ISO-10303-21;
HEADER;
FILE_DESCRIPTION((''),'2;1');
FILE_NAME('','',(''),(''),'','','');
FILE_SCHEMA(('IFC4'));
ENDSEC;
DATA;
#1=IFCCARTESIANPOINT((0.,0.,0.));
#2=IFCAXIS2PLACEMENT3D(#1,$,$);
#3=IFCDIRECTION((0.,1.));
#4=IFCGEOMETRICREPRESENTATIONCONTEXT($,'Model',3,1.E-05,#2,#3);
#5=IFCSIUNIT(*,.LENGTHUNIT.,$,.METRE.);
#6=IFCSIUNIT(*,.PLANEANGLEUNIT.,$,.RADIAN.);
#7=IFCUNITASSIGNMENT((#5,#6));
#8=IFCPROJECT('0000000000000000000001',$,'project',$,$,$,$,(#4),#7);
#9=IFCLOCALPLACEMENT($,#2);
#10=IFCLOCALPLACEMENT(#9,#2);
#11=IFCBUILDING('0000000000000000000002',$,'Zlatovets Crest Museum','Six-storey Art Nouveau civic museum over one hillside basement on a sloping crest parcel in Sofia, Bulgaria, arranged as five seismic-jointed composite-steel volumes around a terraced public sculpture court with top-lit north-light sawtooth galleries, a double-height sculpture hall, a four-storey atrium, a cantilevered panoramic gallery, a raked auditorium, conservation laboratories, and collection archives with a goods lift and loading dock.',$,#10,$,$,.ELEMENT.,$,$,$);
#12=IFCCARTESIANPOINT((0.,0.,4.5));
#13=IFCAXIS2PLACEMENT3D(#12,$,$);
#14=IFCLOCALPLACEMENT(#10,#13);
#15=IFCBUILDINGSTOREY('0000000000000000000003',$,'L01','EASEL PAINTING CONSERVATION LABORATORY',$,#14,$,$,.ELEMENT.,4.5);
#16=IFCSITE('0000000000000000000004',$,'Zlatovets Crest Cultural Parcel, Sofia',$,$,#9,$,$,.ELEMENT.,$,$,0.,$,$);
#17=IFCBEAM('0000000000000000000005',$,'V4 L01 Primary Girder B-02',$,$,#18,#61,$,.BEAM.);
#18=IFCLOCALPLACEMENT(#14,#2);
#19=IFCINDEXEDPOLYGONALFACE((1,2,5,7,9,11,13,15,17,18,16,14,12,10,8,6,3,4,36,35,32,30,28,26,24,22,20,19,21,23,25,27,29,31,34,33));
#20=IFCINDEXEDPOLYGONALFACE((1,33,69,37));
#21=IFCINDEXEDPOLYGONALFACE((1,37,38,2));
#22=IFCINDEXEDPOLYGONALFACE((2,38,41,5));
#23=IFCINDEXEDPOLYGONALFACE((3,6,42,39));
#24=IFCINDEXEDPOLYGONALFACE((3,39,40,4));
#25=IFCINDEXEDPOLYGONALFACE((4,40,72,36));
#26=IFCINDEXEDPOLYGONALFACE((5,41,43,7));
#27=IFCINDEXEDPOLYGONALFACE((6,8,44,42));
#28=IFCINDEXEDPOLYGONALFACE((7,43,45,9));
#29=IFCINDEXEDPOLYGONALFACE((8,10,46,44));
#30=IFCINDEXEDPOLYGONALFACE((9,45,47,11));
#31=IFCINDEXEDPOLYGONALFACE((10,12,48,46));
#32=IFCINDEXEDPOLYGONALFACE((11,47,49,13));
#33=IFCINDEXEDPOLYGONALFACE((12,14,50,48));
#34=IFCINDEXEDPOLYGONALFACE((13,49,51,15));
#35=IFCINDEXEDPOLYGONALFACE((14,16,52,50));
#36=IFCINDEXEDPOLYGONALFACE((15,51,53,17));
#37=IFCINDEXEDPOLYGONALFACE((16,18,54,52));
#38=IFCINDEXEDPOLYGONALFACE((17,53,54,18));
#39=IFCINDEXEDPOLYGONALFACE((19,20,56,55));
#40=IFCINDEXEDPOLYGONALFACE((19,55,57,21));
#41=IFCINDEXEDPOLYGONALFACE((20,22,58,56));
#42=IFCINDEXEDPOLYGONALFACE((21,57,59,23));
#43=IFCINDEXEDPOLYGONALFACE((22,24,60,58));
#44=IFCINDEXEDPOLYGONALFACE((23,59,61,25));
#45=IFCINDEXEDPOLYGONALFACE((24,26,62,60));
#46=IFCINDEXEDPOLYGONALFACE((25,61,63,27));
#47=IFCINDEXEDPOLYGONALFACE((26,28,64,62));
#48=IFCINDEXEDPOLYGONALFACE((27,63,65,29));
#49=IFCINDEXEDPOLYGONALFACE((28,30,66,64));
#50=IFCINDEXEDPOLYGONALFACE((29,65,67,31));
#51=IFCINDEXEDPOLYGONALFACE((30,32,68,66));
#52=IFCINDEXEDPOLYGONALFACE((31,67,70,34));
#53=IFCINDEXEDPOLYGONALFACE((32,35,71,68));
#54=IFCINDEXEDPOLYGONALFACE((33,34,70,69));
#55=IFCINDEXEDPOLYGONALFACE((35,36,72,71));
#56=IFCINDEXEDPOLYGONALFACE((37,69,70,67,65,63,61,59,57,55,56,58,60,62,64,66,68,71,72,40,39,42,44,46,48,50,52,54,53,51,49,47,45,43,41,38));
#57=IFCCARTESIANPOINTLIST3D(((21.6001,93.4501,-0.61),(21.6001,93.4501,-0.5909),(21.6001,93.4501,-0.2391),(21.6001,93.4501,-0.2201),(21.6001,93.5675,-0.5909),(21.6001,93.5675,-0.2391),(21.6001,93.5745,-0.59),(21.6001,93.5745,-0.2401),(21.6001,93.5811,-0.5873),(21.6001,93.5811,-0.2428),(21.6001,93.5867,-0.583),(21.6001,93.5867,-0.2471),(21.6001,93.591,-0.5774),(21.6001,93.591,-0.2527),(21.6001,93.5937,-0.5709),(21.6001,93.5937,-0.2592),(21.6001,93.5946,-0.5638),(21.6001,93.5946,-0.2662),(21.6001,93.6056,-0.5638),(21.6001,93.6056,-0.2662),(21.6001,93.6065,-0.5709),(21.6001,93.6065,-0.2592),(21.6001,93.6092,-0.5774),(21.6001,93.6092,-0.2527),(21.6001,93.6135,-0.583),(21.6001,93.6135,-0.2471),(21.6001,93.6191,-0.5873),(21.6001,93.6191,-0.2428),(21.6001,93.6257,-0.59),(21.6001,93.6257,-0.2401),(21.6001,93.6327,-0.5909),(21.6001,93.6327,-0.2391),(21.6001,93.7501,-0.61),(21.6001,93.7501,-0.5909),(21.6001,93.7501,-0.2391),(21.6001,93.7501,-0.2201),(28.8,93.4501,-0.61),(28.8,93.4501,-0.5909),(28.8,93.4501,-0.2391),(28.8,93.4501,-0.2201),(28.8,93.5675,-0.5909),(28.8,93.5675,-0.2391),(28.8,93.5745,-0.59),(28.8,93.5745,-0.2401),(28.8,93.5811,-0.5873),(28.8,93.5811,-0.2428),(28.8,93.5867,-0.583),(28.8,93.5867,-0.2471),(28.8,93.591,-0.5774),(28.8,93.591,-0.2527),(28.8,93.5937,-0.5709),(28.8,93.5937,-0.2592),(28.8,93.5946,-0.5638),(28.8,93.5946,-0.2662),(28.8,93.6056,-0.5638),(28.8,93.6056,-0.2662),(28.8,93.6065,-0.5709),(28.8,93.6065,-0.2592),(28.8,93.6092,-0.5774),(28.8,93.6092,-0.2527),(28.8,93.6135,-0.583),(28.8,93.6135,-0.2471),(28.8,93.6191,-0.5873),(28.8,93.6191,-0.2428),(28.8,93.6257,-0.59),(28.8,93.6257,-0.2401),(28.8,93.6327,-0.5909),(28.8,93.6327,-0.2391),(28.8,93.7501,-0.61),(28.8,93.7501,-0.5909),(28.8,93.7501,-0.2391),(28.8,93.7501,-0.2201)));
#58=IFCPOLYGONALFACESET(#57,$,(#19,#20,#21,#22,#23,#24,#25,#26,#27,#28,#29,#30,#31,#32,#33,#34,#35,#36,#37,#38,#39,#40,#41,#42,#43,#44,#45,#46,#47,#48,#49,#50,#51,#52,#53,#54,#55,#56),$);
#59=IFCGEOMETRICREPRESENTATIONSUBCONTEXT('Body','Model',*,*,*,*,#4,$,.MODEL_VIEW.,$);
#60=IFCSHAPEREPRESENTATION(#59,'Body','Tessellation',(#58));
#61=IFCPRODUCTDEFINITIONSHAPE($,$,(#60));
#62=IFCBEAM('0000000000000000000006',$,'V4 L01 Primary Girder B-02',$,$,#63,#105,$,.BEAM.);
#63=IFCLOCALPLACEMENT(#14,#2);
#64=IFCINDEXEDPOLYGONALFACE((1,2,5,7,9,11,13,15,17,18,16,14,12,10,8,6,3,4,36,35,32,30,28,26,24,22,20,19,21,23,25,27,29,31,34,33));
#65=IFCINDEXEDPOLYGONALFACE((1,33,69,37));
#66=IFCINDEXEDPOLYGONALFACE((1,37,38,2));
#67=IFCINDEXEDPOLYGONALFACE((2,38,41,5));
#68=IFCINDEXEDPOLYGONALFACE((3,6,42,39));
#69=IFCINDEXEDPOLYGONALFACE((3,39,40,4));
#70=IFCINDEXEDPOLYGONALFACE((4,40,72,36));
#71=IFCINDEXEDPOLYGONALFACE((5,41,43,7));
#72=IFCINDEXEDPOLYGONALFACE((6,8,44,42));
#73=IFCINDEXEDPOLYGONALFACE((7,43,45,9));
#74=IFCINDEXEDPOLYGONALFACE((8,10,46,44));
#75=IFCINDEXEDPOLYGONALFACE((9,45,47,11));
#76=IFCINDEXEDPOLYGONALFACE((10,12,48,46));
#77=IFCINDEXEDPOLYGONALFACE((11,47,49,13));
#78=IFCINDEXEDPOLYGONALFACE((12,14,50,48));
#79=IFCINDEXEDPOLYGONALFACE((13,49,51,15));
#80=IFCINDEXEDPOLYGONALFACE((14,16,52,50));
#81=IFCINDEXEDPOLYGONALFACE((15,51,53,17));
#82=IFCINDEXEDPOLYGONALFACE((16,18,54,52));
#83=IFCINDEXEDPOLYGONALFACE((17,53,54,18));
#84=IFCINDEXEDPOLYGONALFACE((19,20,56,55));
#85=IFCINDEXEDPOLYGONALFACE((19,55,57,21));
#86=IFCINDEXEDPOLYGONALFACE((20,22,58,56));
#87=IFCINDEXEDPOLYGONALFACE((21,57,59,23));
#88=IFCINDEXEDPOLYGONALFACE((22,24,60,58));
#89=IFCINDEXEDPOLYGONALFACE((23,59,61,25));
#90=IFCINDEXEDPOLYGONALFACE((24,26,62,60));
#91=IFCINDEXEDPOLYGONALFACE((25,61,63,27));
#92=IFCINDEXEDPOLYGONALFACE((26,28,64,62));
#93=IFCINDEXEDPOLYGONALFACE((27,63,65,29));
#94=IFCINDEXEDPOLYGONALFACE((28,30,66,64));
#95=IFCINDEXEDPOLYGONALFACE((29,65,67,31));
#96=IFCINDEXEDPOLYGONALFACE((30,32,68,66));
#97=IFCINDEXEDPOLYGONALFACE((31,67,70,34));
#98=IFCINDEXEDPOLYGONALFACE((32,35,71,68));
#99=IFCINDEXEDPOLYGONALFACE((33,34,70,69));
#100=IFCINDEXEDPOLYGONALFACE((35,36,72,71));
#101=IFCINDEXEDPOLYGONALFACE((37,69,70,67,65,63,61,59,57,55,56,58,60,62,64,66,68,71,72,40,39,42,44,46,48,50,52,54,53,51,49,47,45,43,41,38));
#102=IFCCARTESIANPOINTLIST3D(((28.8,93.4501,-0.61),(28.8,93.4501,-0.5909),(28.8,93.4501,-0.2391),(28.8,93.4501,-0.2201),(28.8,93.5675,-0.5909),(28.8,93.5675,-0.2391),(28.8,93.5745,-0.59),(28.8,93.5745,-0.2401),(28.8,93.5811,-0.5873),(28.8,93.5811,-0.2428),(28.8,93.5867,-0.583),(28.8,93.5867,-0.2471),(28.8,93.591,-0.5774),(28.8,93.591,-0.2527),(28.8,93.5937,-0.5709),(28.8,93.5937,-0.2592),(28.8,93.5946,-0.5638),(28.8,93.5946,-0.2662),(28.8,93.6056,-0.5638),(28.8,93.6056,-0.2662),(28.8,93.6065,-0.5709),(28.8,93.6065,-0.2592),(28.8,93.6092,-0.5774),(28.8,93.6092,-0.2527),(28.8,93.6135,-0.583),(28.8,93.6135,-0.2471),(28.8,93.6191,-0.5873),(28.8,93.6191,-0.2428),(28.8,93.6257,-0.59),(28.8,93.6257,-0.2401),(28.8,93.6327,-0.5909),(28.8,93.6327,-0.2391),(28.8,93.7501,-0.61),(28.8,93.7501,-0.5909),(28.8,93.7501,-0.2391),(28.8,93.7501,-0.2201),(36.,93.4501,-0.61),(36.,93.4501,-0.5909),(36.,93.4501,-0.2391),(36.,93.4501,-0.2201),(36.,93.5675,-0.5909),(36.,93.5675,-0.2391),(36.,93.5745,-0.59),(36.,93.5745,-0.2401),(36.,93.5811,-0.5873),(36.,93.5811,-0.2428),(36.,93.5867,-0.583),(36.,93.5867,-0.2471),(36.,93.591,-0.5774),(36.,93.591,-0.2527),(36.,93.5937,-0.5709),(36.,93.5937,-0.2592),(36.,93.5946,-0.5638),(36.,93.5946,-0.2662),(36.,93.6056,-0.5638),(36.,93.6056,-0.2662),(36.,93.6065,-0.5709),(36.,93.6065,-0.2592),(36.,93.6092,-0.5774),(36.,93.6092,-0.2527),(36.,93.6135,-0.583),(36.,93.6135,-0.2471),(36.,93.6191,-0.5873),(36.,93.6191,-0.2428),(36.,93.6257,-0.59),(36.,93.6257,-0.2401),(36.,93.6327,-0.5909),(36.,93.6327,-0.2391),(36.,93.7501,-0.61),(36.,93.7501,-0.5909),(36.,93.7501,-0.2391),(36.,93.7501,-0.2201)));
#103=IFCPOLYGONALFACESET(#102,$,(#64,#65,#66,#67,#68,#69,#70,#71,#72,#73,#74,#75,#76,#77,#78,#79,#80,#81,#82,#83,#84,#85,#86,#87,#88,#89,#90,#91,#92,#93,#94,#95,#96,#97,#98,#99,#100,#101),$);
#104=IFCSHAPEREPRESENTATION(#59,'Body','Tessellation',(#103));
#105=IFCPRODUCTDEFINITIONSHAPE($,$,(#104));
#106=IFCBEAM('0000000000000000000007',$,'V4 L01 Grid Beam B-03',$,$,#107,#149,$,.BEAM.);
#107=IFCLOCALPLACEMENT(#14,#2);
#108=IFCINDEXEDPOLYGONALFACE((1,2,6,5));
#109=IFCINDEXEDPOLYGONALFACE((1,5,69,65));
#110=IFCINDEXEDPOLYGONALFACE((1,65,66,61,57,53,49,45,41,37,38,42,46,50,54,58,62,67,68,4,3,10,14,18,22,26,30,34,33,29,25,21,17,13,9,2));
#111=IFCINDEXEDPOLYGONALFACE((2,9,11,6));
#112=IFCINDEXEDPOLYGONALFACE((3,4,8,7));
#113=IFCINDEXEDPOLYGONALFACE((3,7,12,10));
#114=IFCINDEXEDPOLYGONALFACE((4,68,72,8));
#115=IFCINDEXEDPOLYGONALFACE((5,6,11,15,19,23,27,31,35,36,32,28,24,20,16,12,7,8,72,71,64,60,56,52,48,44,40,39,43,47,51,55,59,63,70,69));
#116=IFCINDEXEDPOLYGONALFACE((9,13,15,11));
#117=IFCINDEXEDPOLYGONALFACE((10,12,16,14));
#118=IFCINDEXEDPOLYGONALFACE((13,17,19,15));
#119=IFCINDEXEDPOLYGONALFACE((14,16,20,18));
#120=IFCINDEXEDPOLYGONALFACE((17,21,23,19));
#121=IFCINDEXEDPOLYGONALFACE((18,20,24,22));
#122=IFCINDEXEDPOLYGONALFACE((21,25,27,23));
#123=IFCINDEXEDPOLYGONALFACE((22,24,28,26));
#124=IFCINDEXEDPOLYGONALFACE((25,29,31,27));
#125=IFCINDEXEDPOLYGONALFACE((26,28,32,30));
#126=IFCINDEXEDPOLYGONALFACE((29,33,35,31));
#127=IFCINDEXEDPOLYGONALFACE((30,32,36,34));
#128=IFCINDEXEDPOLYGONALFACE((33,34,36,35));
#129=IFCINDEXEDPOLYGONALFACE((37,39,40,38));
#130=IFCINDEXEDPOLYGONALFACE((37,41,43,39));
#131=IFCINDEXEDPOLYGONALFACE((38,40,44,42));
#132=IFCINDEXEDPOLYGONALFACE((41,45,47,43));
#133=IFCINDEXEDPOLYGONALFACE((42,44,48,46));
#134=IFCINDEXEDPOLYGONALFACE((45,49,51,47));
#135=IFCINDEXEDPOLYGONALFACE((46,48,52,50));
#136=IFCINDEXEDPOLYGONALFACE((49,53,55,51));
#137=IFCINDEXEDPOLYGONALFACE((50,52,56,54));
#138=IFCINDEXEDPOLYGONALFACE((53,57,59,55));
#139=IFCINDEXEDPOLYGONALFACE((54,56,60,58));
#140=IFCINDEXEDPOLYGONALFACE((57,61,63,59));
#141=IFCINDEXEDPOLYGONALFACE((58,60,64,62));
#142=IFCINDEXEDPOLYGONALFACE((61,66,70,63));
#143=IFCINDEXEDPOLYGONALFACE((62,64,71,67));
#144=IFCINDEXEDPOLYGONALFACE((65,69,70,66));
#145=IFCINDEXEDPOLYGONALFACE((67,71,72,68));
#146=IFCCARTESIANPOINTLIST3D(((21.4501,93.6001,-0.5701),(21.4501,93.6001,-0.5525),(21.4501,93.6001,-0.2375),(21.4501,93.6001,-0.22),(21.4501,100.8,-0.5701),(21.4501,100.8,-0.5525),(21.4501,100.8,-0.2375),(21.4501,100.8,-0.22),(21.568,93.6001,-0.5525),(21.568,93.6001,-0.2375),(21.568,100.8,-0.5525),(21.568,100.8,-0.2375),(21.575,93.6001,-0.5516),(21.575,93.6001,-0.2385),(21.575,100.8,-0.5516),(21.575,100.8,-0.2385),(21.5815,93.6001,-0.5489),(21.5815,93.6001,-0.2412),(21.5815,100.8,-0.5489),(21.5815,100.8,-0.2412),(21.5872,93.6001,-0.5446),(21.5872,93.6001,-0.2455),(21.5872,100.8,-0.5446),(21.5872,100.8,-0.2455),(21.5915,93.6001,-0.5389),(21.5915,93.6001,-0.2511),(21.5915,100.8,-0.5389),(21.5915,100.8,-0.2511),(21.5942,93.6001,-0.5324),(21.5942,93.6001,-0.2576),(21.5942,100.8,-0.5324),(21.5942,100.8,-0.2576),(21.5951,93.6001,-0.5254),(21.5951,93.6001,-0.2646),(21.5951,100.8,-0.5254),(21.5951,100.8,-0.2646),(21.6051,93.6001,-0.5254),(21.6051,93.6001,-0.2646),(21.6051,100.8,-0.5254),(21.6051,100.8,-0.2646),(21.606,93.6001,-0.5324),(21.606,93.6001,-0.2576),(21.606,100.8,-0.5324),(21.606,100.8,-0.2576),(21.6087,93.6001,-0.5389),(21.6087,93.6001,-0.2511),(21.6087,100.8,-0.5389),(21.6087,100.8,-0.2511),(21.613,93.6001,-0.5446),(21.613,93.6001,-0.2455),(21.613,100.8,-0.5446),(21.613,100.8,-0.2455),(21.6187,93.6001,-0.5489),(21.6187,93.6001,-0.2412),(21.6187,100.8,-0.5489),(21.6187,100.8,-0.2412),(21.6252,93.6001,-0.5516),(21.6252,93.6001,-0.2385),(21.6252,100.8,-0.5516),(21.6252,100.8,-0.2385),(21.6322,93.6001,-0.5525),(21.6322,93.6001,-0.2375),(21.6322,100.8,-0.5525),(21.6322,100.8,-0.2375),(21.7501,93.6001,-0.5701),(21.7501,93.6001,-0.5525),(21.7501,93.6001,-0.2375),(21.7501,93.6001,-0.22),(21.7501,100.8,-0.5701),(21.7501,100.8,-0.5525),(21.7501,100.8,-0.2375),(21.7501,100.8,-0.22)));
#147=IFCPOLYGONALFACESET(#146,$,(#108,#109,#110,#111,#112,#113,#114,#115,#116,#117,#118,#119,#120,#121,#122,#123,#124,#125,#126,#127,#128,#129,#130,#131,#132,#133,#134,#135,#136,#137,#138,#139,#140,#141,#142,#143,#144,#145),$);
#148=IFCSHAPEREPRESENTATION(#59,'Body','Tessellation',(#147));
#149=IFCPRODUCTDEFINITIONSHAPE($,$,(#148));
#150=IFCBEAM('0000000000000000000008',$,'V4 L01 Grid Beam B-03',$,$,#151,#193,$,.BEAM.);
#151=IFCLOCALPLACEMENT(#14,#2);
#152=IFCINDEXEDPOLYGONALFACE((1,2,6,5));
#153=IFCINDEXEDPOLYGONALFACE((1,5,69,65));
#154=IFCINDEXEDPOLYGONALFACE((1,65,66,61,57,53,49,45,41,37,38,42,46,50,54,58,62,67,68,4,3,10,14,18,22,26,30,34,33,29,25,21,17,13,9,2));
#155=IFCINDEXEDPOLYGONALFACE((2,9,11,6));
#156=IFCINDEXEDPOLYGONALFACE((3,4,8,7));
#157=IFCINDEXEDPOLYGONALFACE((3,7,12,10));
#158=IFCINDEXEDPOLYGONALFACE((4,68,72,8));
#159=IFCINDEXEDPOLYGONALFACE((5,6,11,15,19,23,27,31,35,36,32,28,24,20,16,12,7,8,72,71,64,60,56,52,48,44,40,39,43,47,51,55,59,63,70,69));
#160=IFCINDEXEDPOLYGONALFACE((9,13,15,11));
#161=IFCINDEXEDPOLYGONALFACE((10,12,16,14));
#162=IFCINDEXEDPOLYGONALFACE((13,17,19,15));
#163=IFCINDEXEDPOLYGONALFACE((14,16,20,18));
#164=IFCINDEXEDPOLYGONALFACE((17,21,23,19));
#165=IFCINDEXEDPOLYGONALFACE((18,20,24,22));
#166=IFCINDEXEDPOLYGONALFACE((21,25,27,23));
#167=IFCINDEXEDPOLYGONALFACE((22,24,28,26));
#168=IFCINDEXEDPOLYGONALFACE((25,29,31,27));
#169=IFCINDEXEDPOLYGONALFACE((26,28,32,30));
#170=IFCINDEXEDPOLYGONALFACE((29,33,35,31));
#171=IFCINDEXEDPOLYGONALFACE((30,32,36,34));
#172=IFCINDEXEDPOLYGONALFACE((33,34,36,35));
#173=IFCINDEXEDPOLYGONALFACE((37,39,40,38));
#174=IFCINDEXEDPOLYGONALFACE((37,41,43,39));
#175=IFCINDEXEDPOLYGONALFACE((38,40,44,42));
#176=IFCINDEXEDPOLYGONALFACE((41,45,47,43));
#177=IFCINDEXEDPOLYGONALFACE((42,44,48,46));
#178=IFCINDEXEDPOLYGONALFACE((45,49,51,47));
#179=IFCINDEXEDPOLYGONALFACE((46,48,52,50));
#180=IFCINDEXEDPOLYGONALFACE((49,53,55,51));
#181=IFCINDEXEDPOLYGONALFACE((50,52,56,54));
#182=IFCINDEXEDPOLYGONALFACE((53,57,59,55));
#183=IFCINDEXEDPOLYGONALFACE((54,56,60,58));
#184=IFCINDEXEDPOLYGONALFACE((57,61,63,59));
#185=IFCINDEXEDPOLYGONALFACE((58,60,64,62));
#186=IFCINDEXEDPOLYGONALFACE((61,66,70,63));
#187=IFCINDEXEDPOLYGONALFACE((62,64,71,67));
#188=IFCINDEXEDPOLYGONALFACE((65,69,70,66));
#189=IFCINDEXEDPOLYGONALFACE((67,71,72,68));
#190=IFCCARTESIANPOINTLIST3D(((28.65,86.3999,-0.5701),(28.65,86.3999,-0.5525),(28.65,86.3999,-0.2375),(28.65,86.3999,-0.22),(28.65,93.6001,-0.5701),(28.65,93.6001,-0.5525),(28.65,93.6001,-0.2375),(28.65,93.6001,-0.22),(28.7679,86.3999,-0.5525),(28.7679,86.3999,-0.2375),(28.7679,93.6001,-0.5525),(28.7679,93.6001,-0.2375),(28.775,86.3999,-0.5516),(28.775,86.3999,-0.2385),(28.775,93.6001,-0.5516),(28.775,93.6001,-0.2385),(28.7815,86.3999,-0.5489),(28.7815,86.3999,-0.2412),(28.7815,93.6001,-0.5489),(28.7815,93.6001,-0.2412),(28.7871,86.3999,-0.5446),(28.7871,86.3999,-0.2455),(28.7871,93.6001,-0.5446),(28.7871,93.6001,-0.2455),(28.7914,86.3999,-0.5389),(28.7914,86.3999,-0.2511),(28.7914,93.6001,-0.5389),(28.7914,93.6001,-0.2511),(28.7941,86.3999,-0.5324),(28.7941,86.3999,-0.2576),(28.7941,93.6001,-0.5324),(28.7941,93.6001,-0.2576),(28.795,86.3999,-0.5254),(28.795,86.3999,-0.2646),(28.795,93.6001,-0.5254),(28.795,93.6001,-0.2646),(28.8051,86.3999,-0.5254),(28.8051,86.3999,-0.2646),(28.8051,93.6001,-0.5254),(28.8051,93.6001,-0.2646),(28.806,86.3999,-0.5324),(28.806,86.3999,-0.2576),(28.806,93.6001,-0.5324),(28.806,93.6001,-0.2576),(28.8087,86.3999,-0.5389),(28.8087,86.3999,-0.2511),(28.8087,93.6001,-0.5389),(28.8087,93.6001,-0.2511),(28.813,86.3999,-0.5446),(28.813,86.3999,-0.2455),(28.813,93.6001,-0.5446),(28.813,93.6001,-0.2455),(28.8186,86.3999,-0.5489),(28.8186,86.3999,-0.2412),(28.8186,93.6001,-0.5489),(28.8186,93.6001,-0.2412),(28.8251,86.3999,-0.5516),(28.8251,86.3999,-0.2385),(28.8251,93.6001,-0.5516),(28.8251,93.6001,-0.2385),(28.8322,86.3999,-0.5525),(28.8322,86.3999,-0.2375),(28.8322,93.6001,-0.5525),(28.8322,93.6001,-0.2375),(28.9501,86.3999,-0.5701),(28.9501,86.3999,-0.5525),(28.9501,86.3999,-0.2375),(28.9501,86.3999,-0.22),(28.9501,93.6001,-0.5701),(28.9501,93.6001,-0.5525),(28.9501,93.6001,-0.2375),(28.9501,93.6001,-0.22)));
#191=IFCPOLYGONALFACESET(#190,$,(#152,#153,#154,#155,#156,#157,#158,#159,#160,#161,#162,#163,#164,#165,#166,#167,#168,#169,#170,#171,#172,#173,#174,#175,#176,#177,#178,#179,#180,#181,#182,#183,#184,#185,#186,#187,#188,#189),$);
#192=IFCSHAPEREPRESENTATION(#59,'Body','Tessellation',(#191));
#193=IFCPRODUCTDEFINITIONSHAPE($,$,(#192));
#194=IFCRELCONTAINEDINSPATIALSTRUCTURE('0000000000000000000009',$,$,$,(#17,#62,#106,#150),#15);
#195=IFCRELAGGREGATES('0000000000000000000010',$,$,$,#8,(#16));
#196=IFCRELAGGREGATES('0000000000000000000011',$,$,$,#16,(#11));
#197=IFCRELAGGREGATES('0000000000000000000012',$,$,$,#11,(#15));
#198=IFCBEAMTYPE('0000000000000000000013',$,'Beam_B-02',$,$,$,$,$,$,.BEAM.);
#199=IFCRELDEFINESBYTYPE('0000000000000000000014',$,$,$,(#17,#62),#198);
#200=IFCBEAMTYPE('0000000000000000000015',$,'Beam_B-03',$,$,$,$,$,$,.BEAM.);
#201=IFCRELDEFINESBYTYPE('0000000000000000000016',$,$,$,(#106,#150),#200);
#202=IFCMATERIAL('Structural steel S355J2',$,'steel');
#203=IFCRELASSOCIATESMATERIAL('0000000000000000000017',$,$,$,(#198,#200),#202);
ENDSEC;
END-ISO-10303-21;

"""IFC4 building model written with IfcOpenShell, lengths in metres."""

from ifc_helpers import new_model, si_unit, direction, frame, origin, origin_2d, place, context, subcontext, project, spatial, i_section, extrude, material, material_profile, profile_set, type_object, element, save


model = new_model("IFC4")

# Units and contexts
model_context = context("Model", 3, precision=1e-05, world=origin(), true_north=direction((0.0, 1.0)))
body_context = subcontext(model_context, "Body", "Model", "MODEL_VIEW")
ifc_project = project(units=[si_unit("LENGTHUNIT", "METRE"), si_unit("PLANEANGLEUNIT", "RADIAN")], contexts=[model_context])

# Site, building, storey
site_placement = place(None, origin())
site = spatial("IfcSite", under=ifc_project, at=site_placement, Name="Zlatovets Crest Cultural Parcel, Sofia", CompositionType="ELEMENT", RefElevation=0.0)
building_placement = place(site_placement, origin())
building = spatial("IfcBuilding", under=site, at=building_placement, Name="Zlatovets Crest Museum", Description="Six-storey Art Nouveau civic museum over one hillside basement on a sloping crest parcel in Sofia, Bulgaria, arranged as five seismic-jointed composite-steel volumes around a terraced public sculpture court with top-lit north-light sawtooth galleries, a double-height sculpture hall, a four-storey atrium, a cantilevered panoramic gallery, a raked auditorium, conservation laboratories, and collection archives with a goods lift and loading dock.", CompositionType="ELEMENT")
storey_placement = place(building_placement, frame((0.0, 0.0, 4.5)))
storey = spatial("IfcBuildingStorey", under=building, at=storey_placement, Name="L01", Description="EASEL PAINTING CONSERVATION LABORATORY", CompositionType="ELEMENT", Elevation=4.5)

# Shared definitions
ifc_material_1 = material(Name="Structural steel S355J2", Category="steel")

# Beams
ifc_material_profile_1 = material_profile(ifc_material_1, i_section(OverallWidth=0.3, OverallDepth=0.3899, WebThickness=0.011, FlangeThickness=0.019, FilletRadius=0.0271, at=origin_2d()), Name="HEA 400")
ifc_profile_set_1 = profile_set([ifc_material_profile_1], Name="Structural steel S355J2")
beam_type_1 = type_object("IfcBeamType", Name="Beam_B-02", PredefinedType="BEAM", material=ifc_profile_set_1)
for number, where, z_axis, x_axis, name in (
    (1, (21.6001, 93.6001, -0.415), (1.0, 0.0, 0.0), (0.0, 1.0, 0.0), "V4 L01 Primary Girder B-02"),
    (2, (28.8, 93.6001, -0.415), (1.0, 0.0, 0.0), (0.0, 1.0, 0.0), "V4 L01 Primary Girder B-02"),
):
    element("IfcBeam", number, at=place(storey_placement, frame(where, z_axis=z_axis, x_axis=x_axis)), inside=storey, type_object=beam_type_1, Name=name, PredefinedType="BEAM", context=body_context, shape_type="SweptSolid", body=[
        extrude(i_section(OverallWidth=0.3, OverallDepth=0.3899, WebThickness=0.011, FlangeThickness=0.019, FilletRadius=0.0271, at=origin_2d()), origin(), (0.0, 0.0, 1.0), 7.2),
    ])
ifc_material_profile_2 = material_profile(ifc_material_1, i_section(OverallWidth=0.3, OverallDepth=0.3501, WebThickness=0.01, FlangeThickness=0.0176, FilletRadius=0.0271, at=origin_2d()), Name="HEA 360")
ifc_profile_set_2 = profile_set([ifc_material_profile_2], Name="Structural steel S355J2")
beam_type_2 = type_object("IfcBeamType", Name="Beam_B-03", PredefinedType="BEAM", material=ifc_profile_set_2)
beam_1_placement = place(storey_placement, frame((21.6001, 93.6001, -0.395), z_axis=(0.0, 1.0, 0.0), x_axis=(-1.0, 0.0, 0.0)))
element("IfcBeam", 3, at=beam_1_placement, inside=storey, type_object=beam_type_2, Name="V4 L01 Grid Beam B-03", PredefinedType="BEAM", context=body_context, shape_type="SweptSolid", body=[
    extrude(i_section(OverallWidth=0.3, OverallDepth=0.3501, WebThickness=0.01, FlangeThickness=0.0176, FilletRadius=0.0271, at=origin_2d()), origin(), (0.0, 0.0, 1.0), 7.2),
])
beam_2_placement = place(storey_placement, frame((28.8, 86.3999, -0.395), z_axis=(0.0, 1.0, 0.0), x_axis=(-1.0, 0.0, 0.0)))
element("IfcBeam", 4, at=beam_2_placement, inside=storey, type_object=beam_type_2, Name="V4 L01 Grid Beam B-03", PredefinedType="BEAM", context=body_context, shape_type="SweptSolid", body=[
    extrude(i_section(OverallWidth=0.3, OverallDepth=0.3501, WebThickness=0.01, FlangeThickness=0.0176, FilletRadius=0.0271, at=origin_2d()), origin(), (0.0, 0.0, 1.0), 7.2002),
])

save(model, "model.ifc")
